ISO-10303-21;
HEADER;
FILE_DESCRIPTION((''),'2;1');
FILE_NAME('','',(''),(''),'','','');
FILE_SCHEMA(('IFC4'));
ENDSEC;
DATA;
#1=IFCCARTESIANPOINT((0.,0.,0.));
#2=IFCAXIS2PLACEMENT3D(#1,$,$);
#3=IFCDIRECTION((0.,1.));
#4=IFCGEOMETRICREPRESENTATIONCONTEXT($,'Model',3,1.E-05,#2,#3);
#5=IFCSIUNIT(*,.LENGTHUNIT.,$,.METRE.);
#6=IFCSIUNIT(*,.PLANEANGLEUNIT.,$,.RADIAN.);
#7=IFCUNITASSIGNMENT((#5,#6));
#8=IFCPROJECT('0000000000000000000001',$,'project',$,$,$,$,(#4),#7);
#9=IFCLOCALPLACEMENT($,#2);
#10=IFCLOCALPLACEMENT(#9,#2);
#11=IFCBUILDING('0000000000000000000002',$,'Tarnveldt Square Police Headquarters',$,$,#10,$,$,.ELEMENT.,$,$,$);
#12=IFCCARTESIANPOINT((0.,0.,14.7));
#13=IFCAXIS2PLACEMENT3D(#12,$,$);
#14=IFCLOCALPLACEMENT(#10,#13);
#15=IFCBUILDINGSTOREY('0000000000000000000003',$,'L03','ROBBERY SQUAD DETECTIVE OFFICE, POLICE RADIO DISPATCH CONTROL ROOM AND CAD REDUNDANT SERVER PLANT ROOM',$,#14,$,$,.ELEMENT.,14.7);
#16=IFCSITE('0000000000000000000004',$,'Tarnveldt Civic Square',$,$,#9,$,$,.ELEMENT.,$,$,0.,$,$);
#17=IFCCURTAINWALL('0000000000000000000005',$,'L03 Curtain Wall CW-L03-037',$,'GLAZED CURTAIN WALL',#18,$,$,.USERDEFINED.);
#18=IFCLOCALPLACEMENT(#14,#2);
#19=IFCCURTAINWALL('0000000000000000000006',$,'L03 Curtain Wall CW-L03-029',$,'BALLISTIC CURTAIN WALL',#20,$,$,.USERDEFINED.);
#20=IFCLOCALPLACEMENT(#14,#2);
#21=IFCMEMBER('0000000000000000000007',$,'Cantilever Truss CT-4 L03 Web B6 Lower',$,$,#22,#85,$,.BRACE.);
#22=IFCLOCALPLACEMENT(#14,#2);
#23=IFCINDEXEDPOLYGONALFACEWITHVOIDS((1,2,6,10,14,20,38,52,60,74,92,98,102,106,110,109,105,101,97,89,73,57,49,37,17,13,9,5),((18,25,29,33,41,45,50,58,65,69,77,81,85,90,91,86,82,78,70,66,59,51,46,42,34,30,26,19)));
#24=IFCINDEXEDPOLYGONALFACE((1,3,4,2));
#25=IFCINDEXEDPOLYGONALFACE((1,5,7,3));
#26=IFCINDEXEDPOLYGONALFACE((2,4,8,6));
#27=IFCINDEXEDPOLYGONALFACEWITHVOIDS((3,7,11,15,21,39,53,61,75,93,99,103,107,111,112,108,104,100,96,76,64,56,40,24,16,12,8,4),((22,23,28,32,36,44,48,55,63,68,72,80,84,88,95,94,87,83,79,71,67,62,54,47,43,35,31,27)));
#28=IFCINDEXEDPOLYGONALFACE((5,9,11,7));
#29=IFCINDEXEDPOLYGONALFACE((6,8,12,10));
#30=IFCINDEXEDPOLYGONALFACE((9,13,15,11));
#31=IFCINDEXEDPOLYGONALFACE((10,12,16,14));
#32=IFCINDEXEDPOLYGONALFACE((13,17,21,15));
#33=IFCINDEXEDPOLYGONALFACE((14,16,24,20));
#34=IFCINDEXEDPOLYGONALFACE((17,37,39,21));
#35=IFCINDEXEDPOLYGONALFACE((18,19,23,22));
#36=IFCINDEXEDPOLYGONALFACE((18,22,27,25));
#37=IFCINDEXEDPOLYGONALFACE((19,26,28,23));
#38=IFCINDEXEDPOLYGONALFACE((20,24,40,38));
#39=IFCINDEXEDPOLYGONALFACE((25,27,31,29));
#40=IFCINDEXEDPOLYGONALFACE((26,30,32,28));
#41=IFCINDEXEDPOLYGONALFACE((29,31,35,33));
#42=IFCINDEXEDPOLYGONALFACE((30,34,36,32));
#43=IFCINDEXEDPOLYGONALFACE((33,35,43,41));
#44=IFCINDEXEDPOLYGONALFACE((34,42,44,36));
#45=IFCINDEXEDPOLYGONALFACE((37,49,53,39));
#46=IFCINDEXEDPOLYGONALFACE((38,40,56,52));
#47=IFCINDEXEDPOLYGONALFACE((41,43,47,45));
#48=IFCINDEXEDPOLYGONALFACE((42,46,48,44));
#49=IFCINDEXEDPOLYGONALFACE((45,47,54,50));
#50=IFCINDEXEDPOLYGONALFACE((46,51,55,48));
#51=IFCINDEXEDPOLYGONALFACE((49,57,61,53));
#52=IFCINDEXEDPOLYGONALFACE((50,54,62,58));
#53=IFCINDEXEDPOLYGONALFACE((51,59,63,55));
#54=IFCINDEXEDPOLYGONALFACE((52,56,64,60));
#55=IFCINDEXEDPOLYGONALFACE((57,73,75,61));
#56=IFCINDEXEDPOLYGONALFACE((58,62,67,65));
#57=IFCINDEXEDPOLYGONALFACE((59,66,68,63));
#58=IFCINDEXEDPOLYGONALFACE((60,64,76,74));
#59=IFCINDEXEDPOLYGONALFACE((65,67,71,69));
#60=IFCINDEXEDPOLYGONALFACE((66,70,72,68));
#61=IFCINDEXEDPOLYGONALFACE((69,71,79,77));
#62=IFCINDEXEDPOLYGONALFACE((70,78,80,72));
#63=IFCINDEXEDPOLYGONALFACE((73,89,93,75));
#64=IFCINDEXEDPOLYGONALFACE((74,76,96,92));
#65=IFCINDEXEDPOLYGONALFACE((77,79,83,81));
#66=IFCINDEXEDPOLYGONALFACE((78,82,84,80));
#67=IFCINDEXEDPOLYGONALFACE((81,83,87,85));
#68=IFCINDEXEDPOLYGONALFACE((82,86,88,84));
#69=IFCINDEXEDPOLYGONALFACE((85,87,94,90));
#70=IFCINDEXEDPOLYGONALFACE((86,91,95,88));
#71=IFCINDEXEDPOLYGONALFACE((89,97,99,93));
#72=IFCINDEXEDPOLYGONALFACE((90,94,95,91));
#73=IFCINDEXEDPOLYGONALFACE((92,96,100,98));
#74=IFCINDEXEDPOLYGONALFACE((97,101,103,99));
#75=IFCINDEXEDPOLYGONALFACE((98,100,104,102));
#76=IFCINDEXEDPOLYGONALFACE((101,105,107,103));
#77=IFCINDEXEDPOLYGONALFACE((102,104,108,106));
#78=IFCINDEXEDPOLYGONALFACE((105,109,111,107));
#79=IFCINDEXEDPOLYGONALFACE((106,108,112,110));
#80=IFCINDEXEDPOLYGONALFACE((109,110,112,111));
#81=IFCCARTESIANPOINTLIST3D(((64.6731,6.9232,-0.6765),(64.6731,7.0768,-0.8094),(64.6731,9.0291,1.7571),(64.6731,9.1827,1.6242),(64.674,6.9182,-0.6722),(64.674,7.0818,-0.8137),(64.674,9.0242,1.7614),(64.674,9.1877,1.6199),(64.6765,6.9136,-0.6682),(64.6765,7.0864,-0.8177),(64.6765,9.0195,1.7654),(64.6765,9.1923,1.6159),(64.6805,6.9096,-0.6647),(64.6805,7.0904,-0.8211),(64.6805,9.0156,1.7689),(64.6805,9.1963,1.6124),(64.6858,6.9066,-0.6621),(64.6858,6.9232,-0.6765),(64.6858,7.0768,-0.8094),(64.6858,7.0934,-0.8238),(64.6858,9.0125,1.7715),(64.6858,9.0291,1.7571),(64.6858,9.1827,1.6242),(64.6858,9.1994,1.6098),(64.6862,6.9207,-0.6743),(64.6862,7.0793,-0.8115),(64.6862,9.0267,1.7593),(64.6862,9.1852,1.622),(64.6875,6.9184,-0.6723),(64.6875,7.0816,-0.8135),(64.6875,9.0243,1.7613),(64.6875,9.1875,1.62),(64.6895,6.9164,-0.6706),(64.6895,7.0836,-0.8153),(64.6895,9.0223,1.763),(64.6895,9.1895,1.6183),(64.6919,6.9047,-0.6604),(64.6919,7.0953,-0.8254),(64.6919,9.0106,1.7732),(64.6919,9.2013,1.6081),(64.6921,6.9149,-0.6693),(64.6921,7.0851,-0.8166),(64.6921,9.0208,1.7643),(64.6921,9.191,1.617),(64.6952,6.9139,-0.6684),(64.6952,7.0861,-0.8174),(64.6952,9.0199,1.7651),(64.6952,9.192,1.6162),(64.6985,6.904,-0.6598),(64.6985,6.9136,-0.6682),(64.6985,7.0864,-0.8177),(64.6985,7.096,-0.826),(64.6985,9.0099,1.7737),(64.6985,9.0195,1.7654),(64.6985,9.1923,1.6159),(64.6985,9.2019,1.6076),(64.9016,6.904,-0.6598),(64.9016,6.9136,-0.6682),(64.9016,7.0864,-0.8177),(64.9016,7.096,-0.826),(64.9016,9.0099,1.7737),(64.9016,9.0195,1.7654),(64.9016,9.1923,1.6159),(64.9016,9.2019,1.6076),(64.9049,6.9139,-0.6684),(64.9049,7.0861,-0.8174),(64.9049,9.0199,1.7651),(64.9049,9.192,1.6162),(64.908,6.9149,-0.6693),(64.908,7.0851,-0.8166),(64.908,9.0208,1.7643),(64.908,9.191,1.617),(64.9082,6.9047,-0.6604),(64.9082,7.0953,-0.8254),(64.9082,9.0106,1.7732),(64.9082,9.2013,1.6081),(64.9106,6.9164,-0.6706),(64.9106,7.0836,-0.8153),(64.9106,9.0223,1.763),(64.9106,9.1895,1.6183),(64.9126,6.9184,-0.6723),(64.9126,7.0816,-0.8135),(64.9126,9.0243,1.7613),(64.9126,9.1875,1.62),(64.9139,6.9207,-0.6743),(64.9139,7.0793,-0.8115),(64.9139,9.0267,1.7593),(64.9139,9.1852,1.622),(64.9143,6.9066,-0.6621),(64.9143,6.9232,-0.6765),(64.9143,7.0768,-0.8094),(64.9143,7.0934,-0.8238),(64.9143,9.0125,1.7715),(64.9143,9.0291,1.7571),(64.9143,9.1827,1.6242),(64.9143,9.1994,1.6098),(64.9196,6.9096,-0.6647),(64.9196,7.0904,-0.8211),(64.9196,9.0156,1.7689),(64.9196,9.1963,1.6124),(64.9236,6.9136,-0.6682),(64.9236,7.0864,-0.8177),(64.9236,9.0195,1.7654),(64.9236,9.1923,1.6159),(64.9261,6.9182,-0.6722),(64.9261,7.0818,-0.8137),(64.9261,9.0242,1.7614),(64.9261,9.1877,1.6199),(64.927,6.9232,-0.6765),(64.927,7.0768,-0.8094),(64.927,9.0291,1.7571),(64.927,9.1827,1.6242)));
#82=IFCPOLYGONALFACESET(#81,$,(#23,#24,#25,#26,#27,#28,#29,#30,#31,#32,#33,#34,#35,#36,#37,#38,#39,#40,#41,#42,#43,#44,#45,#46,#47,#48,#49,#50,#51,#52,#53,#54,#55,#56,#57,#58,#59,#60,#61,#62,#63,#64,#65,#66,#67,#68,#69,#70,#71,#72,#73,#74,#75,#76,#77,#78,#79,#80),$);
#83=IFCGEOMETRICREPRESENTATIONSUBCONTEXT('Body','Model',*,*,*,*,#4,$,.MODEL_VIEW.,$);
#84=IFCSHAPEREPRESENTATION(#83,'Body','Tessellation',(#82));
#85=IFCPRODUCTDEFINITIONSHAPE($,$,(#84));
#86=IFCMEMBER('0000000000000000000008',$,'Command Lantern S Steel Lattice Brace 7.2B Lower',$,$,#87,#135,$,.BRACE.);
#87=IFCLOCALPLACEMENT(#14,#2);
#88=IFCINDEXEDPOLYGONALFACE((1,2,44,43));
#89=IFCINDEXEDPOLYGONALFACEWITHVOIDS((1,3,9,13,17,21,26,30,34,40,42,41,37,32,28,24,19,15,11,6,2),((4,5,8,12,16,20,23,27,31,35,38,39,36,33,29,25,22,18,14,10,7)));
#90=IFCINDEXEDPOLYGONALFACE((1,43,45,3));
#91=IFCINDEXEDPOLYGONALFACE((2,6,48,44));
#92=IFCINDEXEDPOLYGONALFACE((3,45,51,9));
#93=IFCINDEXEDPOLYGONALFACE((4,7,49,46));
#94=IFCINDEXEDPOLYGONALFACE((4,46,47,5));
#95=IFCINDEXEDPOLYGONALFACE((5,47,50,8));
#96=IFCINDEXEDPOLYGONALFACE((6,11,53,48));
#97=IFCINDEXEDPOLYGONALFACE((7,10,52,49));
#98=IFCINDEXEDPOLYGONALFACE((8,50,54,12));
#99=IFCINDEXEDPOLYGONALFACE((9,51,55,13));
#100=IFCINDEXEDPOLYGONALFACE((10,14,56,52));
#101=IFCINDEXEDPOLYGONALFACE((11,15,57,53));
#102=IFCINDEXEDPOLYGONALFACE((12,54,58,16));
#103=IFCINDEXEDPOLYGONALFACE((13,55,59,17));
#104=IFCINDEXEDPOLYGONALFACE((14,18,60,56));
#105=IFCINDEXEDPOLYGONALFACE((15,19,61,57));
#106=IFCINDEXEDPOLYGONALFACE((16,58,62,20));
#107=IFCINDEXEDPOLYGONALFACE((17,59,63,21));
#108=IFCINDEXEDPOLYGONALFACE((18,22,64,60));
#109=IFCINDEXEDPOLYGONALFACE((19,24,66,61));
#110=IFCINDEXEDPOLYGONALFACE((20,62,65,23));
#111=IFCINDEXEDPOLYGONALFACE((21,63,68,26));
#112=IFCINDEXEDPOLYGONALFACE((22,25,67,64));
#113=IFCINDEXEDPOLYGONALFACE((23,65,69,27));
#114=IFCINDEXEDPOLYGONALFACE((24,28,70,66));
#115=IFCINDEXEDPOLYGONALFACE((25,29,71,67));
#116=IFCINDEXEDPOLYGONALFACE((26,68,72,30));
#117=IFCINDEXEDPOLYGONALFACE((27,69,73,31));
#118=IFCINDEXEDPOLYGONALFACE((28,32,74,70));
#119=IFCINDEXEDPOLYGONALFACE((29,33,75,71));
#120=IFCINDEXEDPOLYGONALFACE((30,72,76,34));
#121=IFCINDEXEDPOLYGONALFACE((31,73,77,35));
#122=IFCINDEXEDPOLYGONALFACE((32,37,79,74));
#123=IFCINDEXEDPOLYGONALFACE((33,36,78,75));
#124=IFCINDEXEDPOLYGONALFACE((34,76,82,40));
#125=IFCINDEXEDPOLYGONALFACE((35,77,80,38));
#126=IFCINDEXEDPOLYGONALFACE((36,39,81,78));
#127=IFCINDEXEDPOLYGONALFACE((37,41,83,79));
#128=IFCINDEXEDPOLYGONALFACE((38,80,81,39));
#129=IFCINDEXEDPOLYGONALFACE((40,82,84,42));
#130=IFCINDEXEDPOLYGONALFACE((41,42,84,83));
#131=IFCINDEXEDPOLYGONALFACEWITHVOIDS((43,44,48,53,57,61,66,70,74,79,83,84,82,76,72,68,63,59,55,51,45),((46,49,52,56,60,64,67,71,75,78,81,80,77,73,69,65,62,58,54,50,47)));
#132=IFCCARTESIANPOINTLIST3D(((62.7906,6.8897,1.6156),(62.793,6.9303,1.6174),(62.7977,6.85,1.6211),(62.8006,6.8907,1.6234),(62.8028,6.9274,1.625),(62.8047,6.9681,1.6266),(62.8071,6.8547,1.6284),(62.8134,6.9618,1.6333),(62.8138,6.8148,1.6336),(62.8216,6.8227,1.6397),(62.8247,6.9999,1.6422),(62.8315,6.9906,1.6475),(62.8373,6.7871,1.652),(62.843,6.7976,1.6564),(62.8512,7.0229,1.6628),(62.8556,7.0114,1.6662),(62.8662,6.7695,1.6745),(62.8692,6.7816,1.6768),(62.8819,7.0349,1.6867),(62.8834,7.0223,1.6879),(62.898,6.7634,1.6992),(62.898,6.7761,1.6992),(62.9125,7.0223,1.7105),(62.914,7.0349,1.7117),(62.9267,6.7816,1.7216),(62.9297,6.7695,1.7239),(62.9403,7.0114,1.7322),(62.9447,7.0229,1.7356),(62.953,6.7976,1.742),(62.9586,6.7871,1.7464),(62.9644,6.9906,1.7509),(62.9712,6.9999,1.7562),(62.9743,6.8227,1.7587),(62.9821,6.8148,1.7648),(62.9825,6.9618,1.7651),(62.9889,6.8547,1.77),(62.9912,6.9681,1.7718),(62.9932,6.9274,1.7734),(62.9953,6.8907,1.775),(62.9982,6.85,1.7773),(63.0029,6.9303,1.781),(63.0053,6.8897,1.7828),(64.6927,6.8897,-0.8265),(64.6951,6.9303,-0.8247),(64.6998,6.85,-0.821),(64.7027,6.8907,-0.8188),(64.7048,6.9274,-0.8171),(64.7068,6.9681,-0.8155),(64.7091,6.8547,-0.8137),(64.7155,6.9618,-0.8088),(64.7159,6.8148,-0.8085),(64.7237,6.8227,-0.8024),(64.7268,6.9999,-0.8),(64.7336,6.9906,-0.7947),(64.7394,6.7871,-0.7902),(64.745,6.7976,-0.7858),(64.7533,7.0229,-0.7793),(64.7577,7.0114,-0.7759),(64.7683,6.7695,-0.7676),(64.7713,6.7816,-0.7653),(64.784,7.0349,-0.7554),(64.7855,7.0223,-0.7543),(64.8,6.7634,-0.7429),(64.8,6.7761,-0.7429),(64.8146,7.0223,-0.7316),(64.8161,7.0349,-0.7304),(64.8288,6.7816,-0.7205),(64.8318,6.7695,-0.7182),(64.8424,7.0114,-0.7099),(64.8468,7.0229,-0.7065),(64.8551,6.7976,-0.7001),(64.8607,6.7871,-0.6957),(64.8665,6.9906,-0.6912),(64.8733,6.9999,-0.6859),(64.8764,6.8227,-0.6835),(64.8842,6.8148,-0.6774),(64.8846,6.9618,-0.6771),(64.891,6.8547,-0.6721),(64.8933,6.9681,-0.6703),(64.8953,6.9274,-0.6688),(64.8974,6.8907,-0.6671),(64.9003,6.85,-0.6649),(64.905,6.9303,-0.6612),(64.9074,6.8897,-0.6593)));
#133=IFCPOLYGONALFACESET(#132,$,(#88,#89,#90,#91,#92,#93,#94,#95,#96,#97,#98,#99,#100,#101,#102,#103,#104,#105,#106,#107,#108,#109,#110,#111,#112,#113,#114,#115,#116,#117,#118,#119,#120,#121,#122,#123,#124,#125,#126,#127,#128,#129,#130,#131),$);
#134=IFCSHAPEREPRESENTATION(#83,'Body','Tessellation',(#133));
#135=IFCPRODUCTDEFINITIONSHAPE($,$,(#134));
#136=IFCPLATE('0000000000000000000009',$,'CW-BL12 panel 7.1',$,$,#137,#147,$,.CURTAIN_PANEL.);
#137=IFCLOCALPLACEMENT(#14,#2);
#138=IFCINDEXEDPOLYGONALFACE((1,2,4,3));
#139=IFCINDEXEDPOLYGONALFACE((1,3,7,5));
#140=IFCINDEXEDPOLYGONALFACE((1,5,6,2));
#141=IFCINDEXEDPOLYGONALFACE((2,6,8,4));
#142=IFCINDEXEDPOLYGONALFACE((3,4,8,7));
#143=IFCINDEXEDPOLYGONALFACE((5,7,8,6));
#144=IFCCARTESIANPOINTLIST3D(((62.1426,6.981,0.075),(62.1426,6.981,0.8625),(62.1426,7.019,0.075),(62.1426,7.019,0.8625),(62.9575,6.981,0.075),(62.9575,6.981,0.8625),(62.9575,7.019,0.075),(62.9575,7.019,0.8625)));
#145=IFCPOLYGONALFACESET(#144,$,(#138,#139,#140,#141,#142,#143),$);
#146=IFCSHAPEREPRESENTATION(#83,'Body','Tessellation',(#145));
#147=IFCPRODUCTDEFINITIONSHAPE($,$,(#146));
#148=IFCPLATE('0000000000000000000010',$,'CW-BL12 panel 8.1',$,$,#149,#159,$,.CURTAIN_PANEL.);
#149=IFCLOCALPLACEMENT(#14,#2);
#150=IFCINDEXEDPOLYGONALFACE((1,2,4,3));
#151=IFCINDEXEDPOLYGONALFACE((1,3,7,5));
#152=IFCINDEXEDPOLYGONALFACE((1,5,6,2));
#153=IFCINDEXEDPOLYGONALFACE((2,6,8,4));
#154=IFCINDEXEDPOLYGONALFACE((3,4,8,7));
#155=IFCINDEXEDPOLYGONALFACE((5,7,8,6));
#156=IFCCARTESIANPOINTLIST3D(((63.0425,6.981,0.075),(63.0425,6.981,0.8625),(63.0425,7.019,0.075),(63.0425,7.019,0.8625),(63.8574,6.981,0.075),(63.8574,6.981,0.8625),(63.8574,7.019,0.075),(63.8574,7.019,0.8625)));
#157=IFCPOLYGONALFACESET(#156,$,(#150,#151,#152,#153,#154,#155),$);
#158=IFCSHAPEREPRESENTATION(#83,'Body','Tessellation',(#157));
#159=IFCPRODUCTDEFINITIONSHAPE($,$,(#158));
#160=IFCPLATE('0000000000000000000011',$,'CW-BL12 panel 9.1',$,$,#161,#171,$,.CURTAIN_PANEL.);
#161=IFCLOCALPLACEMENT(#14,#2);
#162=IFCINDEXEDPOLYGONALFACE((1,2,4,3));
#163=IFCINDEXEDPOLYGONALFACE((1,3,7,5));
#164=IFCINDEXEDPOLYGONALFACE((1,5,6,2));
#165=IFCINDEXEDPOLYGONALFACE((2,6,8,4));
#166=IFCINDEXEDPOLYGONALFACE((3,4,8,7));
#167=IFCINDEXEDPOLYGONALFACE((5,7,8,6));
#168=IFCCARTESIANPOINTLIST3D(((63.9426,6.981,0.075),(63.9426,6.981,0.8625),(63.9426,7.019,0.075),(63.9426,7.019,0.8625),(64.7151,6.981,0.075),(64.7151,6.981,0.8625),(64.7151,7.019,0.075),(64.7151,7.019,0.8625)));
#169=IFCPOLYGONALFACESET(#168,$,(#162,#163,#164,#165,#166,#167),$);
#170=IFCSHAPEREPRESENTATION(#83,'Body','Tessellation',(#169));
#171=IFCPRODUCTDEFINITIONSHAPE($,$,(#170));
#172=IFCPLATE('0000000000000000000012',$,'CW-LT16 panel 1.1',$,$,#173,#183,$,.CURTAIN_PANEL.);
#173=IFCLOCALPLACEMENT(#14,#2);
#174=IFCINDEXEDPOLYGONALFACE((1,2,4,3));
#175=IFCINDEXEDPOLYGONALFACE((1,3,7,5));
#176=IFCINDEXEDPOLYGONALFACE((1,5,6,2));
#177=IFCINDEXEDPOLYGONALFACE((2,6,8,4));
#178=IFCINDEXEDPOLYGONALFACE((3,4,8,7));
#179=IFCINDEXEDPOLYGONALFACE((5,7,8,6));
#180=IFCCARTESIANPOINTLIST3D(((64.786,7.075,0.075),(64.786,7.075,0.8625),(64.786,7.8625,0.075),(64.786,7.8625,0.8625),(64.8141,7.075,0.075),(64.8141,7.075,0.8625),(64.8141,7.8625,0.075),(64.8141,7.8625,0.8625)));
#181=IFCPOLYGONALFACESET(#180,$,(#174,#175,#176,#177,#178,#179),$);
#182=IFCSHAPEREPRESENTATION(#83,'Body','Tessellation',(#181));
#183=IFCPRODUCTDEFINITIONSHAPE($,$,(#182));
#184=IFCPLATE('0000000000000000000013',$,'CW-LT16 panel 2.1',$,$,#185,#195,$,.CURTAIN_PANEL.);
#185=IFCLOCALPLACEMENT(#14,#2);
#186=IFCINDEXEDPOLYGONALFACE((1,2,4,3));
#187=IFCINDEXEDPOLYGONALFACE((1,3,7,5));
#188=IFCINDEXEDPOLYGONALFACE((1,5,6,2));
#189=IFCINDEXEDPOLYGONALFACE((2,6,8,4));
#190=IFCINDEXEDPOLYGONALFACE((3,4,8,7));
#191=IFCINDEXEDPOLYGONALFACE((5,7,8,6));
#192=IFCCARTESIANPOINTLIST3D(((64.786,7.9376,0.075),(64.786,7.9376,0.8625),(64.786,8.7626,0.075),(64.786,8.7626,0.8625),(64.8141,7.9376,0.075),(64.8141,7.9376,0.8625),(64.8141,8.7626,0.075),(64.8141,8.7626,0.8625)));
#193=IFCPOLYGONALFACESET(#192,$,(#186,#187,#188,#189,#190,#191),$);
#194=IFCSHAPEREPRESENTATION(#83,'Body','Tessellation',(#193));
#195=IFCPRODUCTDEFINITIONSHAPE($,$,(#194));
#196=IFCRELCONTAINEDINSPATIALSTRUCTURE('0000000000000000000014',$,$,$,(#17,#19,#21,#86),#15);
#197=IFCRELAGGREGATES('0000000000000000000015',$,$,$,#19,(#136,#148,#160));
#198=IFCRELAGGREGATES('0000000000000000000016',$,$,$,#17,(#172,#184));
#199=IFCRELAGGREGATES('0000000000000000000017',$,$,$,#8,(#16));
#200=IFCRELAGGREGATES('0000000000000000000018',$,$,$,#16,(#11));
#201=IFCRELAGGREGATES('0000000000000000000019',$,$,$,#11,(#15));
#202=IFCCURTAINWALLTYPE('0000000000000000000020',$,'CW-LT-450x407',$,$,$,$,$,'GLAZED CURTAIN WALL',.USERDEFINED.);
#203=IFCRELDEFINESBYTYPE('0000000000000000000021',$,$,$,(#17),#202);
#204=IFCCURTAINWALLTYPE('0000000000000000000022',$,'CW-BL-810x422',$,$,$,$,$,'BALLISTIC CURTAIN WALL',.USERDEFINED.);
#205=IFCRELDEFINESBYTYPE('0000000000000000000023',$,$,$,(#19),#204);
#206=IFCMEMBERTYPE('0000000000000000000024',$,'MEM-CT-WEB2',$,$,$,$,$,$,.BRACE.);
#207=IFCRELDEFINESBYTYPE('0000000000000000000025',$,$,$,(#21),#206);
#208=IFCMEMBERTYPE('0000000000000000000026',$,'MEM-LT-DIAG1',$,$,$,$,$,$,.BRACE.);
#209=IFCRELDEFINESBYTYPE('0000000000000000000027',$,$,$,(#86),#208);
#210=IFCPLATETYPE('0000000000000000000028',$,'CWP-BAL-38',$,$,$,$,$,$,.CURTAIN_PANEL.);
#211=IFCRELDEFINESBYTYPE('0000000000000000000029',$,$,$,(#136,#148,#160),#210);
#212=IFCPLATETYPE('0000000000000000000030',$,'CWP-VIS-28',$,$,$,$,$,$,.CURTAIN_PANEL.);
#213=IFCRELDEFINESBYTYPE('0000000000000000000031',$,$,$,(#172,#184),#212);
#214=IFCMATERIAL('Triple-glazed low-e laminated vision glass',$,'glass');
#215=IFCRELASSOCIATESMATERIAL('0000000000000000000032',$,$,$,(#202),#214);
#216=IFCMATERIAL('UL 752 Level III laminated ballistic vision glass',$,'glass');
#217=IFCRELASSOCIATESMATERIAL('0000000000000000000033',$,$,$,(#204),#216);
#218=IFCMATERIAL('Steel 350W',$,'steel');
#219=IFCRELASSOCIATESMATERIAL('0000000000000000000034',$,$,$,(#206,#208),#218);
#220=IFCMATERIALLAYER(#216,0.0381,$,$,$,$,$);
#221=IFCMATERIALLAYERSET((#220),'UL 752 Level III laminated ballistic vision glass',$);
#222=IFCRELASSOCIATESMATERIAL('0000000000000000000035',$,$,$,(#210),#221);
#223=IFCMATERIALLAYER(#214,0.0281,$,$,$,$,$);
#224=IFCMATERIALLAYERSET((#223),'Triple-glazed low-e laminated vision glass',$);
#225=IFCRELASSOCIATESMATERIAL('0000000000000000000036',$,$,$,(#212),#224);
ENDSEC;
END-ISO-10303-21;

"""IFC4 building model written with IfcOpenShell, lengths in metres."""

from ifc_helpers import new_model, si_unit, direction, frame, origin, origin_2d, place, context, subcontext, project, spatial, rectangle, hollow_rectangle, hollow_circle, extrude, material, layer, layer_set, material_profile, profile_set, type_object, element, aggregate, save


model = new_model("IFC4")

# Units and contexts
model_context = context("Model", 3, precision=1e-05, world=origin(), true_north=direction((0.0, 1.0)))
body_context = subcontext(model_context, "Body", "Model", "MODEL_VIEW")
ifc_project = project(units=[si_unit("LENGTHUNIT", "METRE"), si_unit("PLANEANGLEUNIT", "RADIAN")], contexts=[model_context])

# Site, building, storey
site_placement = place(None, origin())
site = spatial("IfcSite", under=ifc_project, at=site_placement, Name="Tarnveldt Civic Square", CompositionType="ELEMENT", RefElevation=0.0)
building_placement = place(site_placement, origin())
building = spatial("IfcBuilding", under=site, at=building_placement, Name="Tarnveldt Square Police Headquarters", CompositionType="ELEMENT")
storey_placement = place(building_placement, frame((0.0, 0.0, 14.7)))
storey = spatial("IfcBuildingStorey", under=building, at=storey_placement, Name="L03", Description="ROBBERY SQUAD DETECTIVE OFFICE, POLICE RADIO DISPATCH CONTROL ROOM AND CAD REDUNDANT SERVER PLANT ROOM", CompositionType="ELEMENT", Elevation=14.7)

# Curtain walls
ifc_material_1 = material(Name="Triple-glazed low-e laminated vision glass", Category="glass")
curtain_wall_type_1 = type_object("IfcCurtainWallType", Name="CW-LT-450x407", ElementType="GLAZED CURTAIN WALL", PredefinedType="USERDEFINED", material=ifc_material_1)
curtain_wall_1_placement = place(storey_placement, origin())
curtain_wall_1 = element("IfcCurtainWall", 1, at=curtain_wall_1_placement, inside=storey, type_object=curtain_wall_type_1, Name="L03 Curtain Wall CW-L03-037", ObjectType="GLAZED CURTAIN WALL", PredefinedType="USERDEFINED")
ifc_material_2 = material(Name="UL 752 Level III laminated ballistic vision glass", Category="glass")
curtain_wall_type_2 = type_object("IfcCurtainWallType", Name="CW-BL-810x422", ElementType="BALLISTIC CURTAIN WALL", PredefinedType="USERDEFINED", material=ifc_material_2)
curtain_wall_2_placement = place(storey_placement, origin())
curtain_wall_2 = element("IfcCurtainWall", 2, at=curtain_wall_2_placement, inside=storey, type_object=curtain_wall_type_2, Name="L03 Curtain Wall CW-L03-029", ObjectType="BALLISTIC CURTAIN WALL", PredefinedType="USERDEFINED")

# Members
ifc_material_3 = material(Name="Steel 350W", Category="steel")
ifc_material_profile_1 = material_profile(ifc_material_3, hollow_rectangle(XDim=0.2539, YDim=0.2539, WallThickness=0.0127, InnerFilletRadius=0.0127, OuterFilletRadius=0.0254, at=origin_2d()), Name="HSS254x254x13")
ifc_profile_set_1 = profile_set([ifc_material_profile_1], Name="Steel 350W")
member_type_1 = type_object("IfcMemberType", Name="MEM-CT-WEB2", PredefinedType="BRACE", material=ifc_profile_set_1)
member_1_placement = place(storey_placement, frame((64.8, 7.0, -0.7429), z_axis=(0.0, 0.65437, 0.756174), x_axis=(-1.0, 0.0, 0.0)))
element("IfcMember", 3, at=member_1_placement, inside=storey, type_object=member_type_1, Name="Cantilever Truss CT-4 L03 Web B6 Lower", PredefinedType="BRACE", context=body_context, shape_type="SweptSolid", body=[
    extrude(hollow_rectangle(XDim=0.2539, YDim=0.2539, WallThickness=0.0127, InnerFilletRadius=0.0127, OuterFilletRadius=0.0254, at=origin_2d()), origin(), (0.0, 0.0, 1.0), 3.2183),
])
ifc_material_profile_2 = material_profile(ifc_material_3, hollow_circle(Radius=0.1365, WallThickness=0.0127, at=origin_2d()), Name="HSS273x13")
ifc_profile_set_2 = profile_set([ifc_material_profile_2], Name="Steel 350W")
member_type_2 = type_object("IfcMemberType", Name="MEM-LT-DIAG1", PredefinedType="BRACE", material=ifc_profile_set_2)
member_2_placement = place(storey_placement, frame((64.8, 6.8999, -0.7429), z_axis=(-0.614476, 0.0, 0.788936), x_axis=(0.0, -1.0, 0.0)))
element("IfcMember", 4, at=member_2_placement, inside=storey, type_object=member_type_2, Name="Command Lantern S Steel Lattice Brace 7.2B Lower", PredefinedType="BRACE", context=body_context, shape_type="SweptSolid", body=[
    extrude(hollow_circle(Radius=0.1365, WallThickness=0.0127, at=origin_2d()), origin(), (0.0, 0.0, 1.0), 3.0955),
])

# Plates
ifc_layer_1 = layer(ifc_material_2, 0.0381)
ifc_layer_set_1 = layer_set([ifc_layer_1], Name="UL 752 Level III laminated ballistic vision glass")
plate_type_1 = type_object("IfcPlateType", Name="CWP-BAL-38", PredefinedType="CURTAIN_PANEL", material=ifc_layer_set_1)
plate_1_placement = place(storey_placement, frame((62.55, 7.0, 0.075), z_axis=(0.0, 0.0, 1.0), x_axis=(1.0, 0.0, 0.0)))
plate_1 = element("IfcPlate", 5, at=plate_1_placement, type_object=plate_type_1, Name="CW-BL12 panel 7.1", PredefinedType="CURTAIN_PANEL", context=body_context, shape_type="SweptSolid", body=[
    extrude(rectangle(XDim=0.8149, YDim=0.0381, at=origin_2d()), origin(), (0.0, 0.0, 1.0), 0.7876),
])
plate_2_placement = place(storey_placement, frame((63.45, 7.0, 0.075), z_axis=(0.0, 0.0, 1.0), x_axis=(1.0, 0.0, 0.0)))
plate_2 = element("IfcPlate", 6, at=plate_2_placement, type_object=plate_type_1, Name="CW-BL12 panel 8.1", PredefinedType="CURTAIN_PANEL", context=body_context, shape_type="SweptSolid", body=[
    extrude(rectangle(XDim=0.8149, YDim=0.0381, at=origin_2d()), origin(), (0.0, 0.0, 1.0), 0.7876),
])
plate_3_placement = place(storey_placement, frame((64.3289, 7.0, 0.075), z_axis=(0.0, 0.0, 1.0), x_axis=(1.0, 0.0, 0.0)))
plate_3 = element("IfcPlate", 7, at=plate_3_placement, type_object=plate_type_1, Name="CW-BL12 panel 9.1", PredefinedType="CURTAIN_PANEL", context=body_context, shape_type="SweptSolid", body=[
    extrude(rectangle(XDim=0.7725, YDim=0.0381, at=origin_2d()), origin(), (0.0, 0.0, 1.0), 0.7876),
])
aggregate(curtain_wall_2, [plate_1, plate_2, plate_3])
ifc_layer_2 = layer(ifc_material_1, 0.0281)
ifc_layer_set_2 = layer_set([ifc_layer_2], Name="Triple-glazed low-e laminated vision glass")
plate_type_2 = type_object("IfcPlateType", Name="CWP-VIS-28", PredefinedType="CURTAIN_PANEL", material=ifc_layer_set_2)
plate_4_placement = place(storey_placement, frame((64.8, 7.4688, 0.075), z_axis=(0.0, 0.0, 1.0), x_axis=(0.0, 1.0, 0.0)))
plate_4 = element("IfcPlate", 8, at=plate_4_placement, type_object=plate_type_2, Name="CW-LT16 panel 1.1", PredefinedType="CURTAIN_PANEL", context=body_context, shape_type="SweptSolid", body=[
    extrude(rectangle(XDim=0.7876, YDim=0.0281, at=origin_2d()), origin(), (0.0, 0.0, 1.0), 0.7876),
])
plate_5_placement = place(storey_placement, frame((64.8, 8.3501, 0.075), z_axis=(0.0, 0.0, 1.0), x_axis=(0.0, 1.0, 0.0)))
plate_5 = element("IfcPlate", 9, at=plate_5_placement, type_object=plate_type_2, Name="CW-LT16 panel 2.1", PredefinedType="CURTAIN_PANEL", context=body_context, shape_type="SweptSolid", body=[
    extrude(rectangle(XDim=0.825, YDim=0.0281, at=origin_2d()), origin(), (0.0, 0.0, 1.0), 0.7876),
])
aggregate(curtain_wall_1, [plate_4, plate_5])

save(model, "model.ifc")
